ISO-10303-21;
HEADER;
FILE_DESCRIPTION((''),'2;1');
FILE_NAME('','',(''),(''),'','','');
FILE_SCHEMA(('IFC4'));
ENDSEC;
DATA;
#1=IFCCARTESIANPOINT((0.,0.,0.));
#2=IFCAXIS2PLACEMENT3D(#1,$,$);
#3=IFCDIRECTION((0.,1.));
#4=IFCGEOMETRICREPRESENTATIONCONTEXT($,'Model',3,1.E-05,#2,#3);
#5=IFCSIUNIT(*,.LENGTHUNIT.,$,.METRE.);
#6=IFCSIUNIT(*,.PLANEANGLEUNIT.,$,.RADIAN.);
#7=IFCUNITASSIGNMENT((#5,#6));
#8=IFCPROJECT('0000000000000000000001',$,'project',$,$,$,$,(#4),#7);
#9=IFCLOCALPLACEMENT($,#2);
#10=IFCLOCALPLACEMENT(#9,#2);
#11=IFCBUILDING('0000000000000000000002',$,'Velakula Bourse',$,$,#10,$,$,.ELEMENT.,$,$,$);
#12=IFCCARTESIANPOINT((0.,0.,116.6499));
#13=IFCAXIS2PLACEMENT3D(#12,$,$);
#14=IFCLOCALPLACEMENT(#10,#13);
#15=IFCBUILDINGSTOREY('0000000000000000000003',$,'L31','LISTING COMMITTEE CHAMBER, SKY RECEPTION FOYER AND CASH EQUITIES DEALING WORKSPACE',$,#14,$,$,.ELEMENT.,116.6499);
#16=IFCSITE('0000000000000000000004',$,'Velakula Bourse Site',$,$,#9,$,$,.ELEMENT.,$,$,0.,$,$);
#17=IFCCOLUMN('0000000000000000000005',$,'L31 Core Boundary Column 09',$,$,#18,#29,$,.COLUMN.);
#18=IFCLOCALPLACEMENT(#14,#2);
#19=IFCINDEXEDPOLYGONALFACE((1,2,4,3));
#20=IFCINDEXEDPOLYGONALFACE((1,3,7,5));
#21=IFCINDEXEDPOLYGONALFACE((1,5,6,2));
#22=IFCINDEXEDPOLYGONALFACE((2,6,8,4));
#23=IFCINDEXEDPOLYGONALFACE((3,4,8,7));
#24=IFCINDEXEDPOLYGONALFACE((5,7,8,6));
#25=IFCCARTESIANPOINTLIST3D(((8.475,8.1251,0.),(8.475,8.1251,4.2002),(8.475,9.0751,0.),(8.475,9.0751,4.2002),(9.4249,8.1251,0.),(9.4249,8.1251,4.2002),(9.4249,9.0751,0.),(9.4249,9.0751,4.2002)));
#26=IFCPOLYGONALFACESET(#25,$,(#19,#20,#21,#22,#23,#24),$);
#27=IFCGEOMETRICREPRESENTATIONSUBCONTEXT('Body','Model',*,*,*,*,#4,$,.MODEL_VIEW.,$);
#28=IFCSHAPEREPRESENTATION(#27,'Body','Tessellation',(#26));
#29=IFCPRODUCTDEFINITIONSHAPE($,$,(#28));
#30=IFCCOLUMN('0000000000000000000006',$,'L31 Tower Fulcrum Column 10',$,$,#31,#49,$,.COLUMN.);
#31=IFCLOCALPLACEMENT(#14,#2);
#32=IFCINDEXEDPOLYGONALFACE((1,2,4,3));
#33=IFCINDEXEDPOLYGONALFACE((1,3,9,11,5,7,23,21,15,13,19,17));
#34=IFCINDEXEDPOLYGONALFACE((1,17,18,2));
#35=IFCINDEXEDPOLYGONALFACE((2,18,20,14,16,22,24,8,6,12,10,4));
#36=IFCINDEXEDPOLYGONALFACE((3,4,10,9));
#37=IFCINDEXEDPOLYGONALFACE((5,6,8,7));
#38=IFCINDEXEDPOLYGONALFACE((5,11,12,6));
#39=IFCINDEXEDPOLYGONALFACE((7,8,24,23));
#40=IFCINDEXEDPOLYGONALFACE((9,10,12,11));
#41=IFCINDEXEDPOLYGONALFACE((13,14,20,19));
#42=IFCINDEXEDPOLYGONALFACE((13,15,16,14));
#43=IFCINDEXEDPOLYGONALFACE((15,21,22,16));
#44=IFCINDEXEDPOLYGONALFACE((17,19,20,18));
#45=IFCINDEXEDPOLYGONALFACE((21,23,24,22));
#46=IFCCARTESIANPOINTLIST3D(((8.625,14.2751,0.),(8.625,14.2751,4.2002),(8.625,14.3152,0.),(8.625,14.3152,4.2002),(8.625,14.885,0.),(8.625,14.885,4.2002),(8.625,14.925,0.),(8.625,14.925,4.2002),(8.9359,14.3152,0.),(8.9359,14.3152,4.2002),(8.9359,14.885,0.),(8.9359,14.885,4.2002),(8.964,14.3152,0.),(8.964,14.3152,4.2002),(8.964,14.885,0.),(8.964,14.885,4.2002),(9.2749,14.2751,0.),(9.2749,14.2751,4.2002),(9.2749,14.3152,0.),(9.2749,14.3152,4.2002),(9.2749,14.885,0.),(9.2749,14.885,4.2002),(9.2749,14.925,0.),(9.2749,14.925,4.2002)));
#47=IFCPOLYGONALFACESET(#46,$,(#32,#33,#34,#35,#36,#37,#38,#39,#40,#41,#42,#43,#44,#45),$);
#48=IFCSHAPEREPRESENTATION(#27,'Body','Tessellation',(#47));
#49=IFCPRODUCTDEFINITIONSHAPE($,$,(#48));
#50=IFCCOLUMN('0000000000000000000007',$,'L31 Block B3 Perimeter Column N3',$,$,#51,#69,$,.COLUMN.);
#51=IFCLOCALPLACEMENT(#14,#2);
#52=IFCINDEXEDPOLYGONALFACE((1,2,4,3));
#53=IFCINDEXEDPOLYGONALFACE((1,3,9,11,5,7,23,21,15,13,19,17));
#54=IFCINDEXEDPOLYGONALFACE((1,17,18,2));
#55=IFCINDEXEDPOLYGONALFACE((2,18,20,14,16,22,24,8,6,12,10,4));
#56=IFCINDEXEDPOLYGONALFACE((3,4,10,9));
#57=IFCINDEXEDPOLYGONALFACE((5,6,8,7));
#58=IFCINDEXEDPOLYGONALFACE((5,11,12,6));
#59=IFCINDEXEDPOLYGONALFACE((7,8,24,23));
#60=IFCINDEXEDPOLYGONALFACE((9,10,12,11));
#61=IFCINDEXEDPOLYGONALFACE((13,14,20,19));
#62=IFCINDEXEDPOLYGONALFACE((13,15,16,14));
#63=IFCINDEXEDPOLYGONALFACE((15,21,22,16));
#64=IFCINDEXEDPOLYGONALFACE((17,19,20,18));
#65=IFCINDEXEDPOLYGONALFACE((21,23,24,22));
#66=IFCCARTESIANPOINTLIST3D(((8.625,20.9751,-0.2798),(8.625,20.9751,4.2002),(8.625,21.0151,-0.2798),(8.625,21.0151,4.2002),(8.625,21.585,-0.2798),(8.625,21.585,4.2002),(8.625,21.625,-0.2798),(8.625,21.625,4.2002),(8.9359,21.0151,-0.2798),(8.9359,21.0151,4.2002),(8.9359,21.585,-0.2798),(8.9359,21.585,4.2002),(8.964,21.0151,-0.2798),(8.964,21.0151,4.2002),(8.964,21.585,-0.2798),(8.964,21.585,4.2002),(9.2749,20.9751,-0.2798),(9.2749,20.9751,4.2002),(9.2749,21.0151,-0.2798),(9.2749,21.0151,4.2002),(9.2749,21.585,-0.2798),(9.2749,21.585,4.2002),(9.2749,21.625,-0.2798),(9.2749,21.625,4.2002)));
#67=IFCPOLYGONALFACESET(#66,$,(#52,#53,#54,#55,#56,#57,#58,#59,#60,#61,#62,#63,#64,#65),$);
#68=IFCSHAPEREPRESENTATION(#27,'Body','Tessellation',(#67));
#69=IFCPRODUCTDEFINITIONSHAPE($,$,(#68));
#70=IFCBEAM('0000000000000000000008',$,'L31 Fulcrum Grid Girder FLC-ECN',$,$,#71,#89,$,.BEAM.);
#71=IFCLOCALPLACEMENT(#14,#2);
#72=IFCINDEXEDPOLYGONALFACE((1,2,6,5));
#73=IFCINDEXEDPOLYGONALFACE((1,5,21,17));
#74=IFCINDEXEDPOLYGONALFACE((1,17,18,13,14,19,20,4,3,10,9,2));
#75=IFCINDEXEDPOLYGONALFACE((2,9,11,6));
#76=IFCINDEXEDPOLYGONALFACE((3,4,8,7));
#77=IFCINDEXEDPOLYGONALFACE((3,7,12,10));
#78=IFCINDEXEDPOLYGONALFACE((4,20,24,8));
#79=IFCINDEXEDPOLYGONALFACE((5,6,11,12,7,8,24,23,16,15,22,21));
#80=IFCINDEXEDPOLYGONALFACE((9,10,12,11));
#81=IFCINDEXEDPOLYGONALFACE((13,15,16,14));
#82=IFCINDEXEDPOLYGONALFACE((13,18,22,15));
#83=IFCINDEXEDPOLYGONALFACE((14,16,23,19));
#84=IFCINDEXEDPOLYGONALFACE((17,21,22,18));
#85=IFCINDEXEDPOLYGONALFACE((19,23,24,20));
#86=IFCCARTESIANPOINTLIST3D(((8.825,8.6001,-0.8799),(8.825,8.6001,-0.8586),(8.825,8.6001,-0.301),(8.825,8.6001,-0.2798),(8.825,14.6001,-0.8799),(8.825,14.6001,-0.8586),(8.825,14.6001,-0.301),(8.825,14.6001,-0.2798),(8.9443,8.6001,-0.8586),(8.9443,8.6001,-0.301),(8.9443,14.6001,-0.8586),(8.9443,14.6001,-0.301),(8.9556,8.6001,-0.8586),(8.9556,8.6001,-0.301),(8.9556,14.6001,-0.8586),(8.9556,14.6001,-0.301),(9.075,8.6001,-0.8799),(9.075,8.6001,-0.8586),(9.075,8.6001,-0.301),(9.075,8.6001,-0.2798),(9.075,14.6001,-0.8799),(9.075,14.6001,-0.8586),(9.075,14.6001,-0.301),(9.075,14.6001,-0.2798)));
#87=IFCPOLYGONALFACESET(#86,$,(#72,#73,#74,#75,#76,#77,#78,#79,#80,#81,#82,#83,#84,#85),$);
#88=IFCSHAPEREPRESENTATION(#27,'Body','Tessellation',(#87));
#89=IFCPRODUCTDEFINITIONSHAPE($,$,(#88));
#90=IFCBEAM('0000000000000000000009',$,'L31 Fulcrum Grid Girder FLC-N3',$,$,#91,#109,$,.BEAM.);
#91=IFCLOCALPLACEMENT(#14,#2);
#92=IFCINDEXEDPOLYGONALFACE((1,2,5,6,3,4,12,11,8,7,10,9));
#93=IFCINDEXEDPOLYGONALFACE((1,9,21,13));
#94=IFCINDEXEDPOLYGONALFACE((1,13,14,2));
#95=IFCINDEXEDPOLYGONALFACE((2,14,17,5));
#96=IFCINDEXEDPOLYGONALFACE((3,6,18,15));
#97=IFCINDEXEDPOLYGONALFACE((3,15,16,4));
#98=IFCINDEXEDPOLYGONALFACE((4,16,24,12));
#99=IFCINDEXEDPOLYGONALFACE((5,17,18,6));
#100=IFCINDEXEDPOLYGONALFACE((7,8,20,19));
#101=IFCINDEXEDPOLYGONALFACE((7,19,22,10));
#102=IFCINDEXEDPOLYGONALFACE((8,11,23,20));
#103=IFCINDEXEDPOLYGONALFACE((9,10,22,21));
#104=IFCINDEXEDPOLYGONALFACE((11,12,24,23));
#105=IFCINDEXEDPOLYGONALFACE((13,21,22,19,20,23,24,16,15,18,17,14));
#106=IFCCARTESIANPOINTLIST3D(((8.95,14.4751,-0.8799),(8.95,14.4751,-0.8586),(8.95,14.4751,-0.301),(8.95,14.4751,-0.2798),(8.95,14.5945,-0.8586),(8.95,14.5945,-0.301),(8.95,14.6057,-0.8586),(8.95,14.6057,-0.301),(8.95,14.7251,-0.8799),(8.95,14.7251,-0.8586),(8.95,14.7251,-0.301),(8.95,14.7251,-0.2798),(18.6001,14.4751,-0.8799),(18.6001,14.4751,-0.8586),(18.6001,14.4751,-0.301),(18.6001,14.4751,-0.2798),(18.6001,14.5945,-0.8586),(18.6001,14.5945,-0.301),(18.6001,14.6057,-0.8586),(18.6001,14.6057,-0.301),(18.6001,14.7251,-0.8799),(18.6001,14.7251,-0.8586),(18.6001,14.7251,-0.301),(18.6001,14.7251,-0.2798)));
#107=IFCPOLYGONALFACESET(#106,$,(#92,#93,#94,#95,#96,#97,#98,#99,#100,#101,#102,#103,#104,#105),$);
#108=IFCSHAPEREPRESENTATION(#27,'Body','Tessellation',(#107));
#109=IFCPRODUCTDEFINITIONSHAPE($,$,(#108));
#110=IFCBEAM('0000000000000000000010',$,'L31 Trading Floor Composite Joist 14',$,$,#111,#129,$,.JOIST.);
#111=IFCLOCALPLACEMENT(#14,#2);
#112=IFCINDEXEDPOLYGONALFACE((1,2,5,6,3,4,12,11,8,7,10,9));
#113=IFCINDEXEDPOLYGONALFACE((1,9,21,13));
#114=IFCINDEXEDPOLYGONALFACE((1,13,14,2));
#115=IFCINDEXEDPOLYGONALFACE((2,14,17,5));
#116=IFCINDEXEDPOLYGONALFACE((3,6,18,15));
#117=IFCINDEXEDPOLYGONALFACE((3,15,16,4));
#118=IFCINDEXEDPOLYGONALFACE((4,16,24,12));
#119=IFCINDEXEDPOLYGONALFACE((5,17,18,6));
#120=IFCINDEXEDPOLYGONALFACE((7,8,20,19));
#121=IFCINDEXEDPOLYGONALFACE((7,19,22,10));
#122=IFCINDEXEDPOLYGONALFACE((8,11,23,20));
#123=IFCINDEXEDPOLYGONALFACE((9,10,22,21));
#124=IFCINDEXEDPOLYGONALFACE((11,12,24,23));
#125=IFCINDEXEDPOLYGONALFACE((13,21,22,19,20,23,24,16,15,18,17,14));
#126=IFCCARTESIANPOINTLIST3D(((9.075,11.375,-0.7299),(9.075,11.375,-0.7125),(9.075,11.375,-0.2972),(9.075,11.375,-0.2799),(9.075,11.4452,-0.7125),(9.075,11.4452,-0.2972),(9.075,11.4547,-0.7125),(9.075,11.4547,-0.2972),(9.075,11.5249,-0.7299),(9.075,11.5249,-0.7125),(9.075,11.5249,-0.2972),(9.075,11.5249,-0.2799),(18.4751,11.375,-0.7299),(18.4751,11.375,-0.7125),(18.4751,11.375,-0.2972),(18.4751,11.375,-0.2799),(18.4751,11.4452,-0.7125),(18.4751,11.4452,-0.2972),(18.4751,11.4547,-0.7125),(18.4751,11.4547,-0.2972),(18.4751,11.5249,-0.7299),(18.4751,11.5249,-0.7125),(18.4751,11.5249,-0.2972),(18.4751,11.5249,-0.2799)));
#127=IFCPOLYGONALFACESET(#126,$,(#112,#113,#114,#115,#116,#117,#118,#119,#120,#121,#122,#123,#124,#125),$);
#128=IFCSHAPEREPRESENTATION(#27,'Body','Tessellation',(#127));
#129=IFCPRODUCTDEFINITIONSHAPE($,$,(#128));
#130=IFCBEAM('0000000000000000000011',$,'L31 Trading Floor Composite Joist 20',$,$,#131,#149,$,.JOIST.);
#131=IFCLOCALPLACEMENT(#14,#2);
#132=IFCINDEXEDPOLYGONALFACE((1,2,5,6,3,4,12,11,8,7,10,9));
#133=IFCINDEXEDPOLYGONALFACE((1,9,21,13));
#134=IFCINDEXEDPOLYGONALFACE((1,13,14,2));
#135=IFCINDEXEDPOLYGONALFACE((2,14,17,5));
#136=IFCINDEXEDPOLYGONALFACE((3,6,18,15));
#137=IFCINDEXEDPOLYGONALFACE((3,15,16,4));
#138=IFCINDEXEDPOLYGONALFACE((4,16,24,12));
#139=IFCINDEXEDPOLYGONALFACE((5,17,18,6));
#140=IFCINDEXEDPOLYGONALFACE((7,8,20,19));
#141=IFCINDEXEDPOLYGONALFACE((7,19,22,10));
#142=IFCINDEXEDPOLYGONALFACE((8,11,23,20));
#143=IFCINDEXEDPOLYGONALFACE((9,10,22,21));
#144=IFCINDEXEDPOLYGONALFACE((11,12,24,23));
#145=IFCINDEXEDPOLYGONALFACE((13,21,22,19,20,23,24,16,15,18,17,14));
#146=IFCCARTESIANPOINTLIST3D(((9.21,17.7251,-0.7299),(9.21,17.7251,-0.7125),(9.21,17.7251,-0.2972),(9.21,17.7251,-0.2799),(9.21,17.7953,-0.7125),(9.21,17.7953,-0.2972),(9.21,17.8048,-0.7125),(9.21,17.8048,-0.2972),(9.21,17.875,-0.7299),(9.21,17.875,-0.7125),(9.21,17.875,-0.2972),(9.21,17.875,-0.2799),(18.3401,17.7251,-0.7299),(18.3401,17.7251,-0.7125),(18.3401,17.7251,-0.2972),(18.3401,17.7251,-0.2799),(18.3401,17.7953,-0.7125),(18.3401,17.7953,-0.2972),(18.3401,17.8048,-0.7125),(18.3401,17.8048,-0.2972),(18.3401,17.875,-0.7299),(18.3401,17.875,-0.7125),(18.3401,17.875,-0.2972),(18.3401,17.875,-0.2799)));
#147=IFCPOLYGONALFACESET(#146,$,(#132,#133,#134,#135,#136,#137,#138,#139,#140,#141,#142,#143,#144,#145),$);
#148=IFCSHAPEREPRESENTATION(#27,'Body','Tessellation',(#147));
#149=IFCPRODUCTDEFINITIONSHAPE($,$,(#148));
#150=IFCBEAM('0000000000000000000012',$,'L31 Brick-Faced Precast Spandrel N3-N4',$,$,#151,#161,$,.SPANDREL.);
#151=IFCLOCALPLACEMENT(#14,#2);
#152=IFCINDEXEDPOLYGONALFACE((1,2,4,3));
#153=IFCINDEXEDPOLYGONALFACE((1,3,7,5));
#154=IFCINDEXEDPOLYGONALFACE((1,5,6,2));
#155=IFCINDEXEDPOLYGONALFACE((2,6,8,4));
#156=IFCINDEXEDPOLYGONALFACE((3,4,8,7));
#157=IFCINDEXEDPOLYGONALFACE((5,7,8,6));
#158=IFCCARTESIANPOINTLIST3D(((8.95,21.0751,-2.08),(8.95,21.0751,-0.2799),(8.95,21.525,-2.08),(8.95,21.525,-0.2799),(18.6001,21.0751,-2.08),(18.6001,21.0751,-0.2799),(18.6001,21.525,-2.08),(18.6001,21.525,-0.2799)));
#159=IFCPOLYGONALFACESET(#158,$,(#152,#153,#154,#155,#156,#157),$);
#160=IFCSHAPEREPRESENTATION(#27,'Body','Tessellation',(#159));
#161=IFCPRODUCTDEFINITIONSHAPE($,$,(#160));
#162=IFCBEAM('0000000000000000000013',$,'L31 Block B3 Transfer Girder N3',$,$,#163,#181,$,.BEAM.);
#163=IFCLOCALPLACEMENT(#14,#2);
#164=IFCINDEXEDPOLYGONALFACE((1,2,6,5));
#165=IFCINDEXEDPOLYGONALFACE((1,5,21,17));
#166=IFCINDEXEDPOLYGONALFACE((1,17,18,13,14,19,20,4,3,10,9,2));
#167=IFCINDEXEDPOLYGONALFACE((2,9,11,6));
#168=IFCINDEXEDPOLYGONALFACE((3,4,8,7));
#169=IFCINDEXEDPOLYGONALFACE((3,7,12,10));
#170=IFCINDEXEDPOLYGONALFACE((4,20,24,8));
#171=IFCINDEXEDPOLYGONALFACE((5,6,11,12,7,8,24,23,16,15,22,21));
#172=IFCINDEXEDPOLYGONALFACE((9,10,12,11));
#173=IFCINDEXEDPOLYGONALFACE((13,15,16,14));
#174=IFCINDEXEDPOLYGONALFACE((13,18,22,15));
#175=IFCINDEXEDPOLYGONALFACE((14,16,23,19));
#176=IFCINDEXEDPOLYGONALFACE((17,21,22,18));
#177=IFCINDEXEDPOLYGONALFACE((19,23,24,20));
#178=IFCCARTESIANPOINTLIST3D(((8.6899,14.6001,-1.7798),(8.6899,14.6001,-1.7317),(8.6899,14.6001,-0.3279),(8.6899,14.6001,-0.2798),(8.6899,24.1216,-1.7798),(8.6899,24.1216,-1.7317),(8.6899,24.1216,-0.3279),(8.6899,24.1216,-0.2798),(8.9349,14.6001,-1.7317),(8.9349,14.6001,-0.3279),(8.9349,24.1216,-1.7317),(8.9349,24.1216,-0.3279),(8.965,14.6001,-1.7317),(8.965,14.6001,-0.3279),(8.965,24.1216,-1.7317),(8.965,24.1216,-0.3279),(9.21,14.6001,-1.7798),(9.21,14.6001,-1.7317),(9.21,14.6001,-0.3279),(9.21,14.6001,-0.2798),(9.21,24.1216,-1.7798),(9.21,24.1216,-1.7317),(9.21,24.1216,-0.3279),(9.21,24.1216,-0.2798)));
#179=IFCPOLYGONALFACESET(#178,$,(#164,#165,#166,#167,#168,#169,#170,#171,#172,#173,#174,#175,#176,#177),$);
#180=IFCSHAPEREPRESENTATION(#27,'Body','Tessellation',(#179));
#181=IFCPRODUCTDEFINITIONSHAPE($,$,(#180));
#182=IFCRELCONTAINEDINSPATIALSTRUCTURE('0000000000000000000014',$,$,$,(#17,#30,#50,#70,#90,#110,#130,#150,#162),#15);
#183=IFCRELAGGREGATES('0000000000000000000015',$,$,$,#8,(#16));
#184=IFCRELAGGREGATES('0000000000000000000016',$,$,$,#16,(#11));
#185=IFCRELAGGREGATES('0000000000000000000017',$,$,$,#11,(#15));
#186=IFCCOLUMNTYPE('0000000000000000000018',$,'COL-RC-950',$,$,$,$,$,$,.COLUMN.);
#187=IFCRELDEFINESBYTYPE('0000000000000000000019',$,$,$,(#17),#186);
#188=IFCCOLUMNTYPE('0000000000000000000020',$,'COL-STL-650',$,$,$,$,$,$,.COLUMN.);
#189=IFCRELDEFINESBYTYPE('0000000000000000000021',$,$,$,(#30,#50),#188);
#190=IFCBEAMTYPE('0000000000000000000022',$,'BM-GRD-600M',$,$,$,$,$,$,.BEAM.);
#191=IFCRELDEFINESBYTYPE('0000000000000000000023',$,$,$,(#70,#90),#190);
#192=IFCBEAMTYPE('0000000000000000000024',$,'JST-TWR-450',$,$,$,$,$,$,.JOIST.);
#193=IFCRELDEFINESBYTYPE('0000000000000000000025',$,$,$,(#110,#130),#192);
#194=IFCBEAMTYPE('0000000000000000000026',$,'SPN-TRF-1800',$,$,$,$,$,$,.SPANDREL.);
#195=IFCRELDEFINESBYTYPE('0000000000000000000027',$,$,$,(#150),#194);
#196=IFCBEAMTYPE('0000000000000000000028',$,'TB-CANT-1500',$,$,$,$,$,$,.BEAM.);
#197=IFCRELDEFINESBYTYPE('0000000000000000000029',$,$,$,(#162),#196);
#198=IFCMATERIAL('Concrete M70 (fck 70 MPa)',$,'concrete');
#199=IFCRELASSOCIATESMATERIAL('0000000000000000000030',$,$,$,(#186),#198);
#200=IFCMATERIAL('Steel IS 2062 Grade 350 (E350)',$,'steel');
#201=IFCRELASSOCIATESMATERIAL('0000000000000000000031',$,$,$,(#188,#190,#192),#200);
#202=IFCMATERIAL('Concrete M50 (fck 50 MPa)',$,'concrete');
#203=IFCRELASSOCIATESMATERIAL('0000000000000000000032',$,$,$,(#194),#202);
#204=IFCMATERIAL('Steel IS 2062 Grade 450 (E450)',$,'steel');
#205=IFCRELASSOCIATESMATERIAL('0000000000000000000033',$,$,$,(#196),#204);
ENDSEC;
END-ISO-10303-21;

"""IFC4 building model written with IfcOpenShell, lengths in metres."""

from ifc_helpers import new_model, si_unit, direction, frame, origin, origin_2d, place, context, subcontext, project, spatial, rectangle, i_section, extrude, material, material_profile, profile_set, type_object, element, save


model = new_model("IFC4")

# Units and contexts
model_context = context("Model", 3, precision=1e-05, world=origin(), true_north=direction((0.0, 1.0)))
body_context = subcontext(model_context, "Body", "Model", "MODEL_VIEW")
ifc_project = project(units=[si_unit("LENGTHUNIT", "METRE"), si_unit("PLANEANGLEUNIT", "RADIAN")], contexts=[model_context])

# Site, building, storey
site_placement = place(None, origin())
site = spatial("IfcSite", under=ifc_project, at=site_placement, Name="Velakula Bourse Site", CompositionType="ELEMENT", RefElevation=0.0)
building_placement = place(site_placement, origin())
building = spatial("IfcBuilding", under=site, at=building_placement, Name="Velakula Bourse", CompositionType="ELEMENT")
storey_placement = place(building_placement, frame((0.0, 0.0, 116.6499)))
storey = spatial("IfcBuildingStorey", under=building, at=storey_placement, Name="L31", Description="LISTING COMMITTEE CHAMBER, SKY RECEPTION FOYER AND CASH EQUITIES DEALING WORKSPACE", CompositionType="ELEMENT", Elevation=116.6499)

# Columns
ifc_material_1 = material(Name="Concrete M70 (fck 70 MPa)", Category="concrete")
ifc_material_profile_1 = material_profile(ifc_material_1, rectangle(XDim=0.95, YDim=0.95, at=origin_2d()), Name="Concrete M70 (fck 70 MPa)")
ifc_profile_set_1 = profile_set([ifc_material_profile_1], Name="Concrete M70 (fck 70 MPa)")
column_type_1 = type_object("IfcColumnType", Name="COL-RC-950", PredefinedType="COLUMN", material=ifc_profile_set_1)
column_1_placement = place(storey_placement, frame((8.95, 8.6001, 0.0), z_axis=(0.0, 0.0, 1.0), x_axis=(1.0, 0.0, 0.0)))
element("IfcColumn", 1, at=column_1_placement, inside=storey, type_object=column_type_1, Name="L31 Core Boundary Column 09", PredefinedType="COLUMN", context=body_context, shape_type="SweptSolid", body=[
    extrude(rectangle(XDim=0.95, YDim=0.95, at=origin_2d()), origin(), (0.0, 0.0, 1.0), 4.2002),
])
ifc_material_2 = material(Name="Steel IS 2062 Grade 350 (E350)", Category="steel")
ifc_material_profile_2 = material_profile(ifc_material_2, i_section(OverallWidth=0.6499, OverallDepth=0.6499, WebThickness=0.0281, FlangeThickness=0.04, at=origin_2d()), Name="Steel IS 2062 Grade 350 (E350)")
ifc_profile_set_2 = profile_set([ifc_material_profile_2], Name="Steel IS 2062 Grade 350 (E350)")
column_type_2 = type_object("IfcColumnType", Name="COL-STL-650", PredefinedType="COLUMN", material=ifc_profile_set_2)
column_2_placement = place(storey_placement, frame((8.95, 14.6001, 0.0), z_axis=(0.0, 0.0, 1.0), x_axis=(1.0, 0.0, 0.0)))
element("IfcColumn", 2, at=column_2_placement, inside=storey, type_object=column_type_2, Name="L31 Tower Fulcrum Column 10", PredefinedType="COLUMN", context=body_context, shape_type="SweptSolid", body=[
    extrude(i_section(OverallWidth=0.6499, OverallDepth=0.6499, WebThickness=0.0281, FlangeThickness=0.04, at=origin_2d()), origin(), (0.0, 0.0, 1.0), 4.2002),
])
column_3_placement = place(storey_placement, frame((8.95, 21.3, -0.2798), z_axis=(0.0, 0.0, 1.0), x_axis=(1.0, 0.0, 0.0)))
element("IfcColumn", 3, at=column_3_placement, inside=storey, type_object=column_type_2, Name="L31 Block B3 Perimeter Column N3", PredefinedType="COLUMN", context=body_context, shape_type="SweptSolid", body=[
    extrude(i_section(OverallWidth=0.6499, OverallDepth=0.6499, WebThickness=0.0281, FlangeThickness=0.04, at=origin_2d()), origin(), (0.0, 0.0, 1.0), 4.48),
])

# Beams
ifc_material_profile_3 = material_profile(ifc_material_2, i_section(OverallWidth=0.25, OverallDepth=0.6001, WebThickness=0.0112, FlangeThickness=0.0212, at=origin_2d()), Name="Steel IS 2062 Grade 350 (E350)")
ifc_profile_set_3 = profile_set([ifc_material_profile_3], Name="Steel IS 2062 Grade 350 (E350)")
beam_type_1 = type_object("IfcBeamType", Name="BM-GRD-600M", PredefinedType="BEAM", material=ifc_profile_set_3)
beam_1_placement = place(storey_placement, frame((8.95, 8.6001, -0.5798), z_axis=(0.0, 1.0, 0.0), x_axis=(-1.0, 0.0, 0.0)))
element("IfcBeam", 4, at=beam_1_placement, inside=storey, type_object=beam_type_1, Name="L31 Fulcrum Grid Girder FLC-ECN", PredefinedType="BEAM", context=body_context, shape_type="SweptSolid", body=[
    extrude(i_section(OverallWidth=0.25, OverallDepth=0.6001, WebThickness=0.0112, FlangeThickness=0.0212, at=origin_2d()), origin(), (0.0, 0.0, 1.0), 6.0),
])
beam_2_placement = place(storey_placement, frame((8.95, 14.6001, -0.5798), z_axis=(1.0, 0.0, 0.0), x_axis=(0.0, 1.0, 0.0)))
element("IfcBeam", 5, at=beam_2_placement, inside=storey, type_object=beam_type_1, Name="L31 Fulcrum Grid Girder FLC-N3", PredefinedType="BEAM", context=body_context, shape_type="SweptSolid", body=[
    extrude(i_section(OverallWidth=0.25, OverallDepth=0.6001, WebThickness=0.0112, FlangeThickness=0.0212, at=origin_2d()), origin(), (0.0, 0.0, 1.0), 9.6501),
])
ifc_material_profile_4 = material_profile(ifc_material_2, i_section(OverallWidth=0.1499, OverallDepth=0.45, WebThickness=0.0095, FlangeThickness=0.0173, at=origin_2d()), Name="Steel IS 2062 Grade 350 (E350)")
ifc_profile_set_4 = profile_set([ifc_material_profile_4], Name="Steel IS 2062 Grade 350 (E350)")
beam_type_2 = type_object("IfcBeamType", Name="JST-TWR-450", PredefinedType="JOIST", material=ifc_profile_set_4)
beam_3_placement = place(storey_placement, frame((9.075, 11.45, -0.5049), z_axis=(1.0, 0.0, 0.0), x_axis=(0.0, 1.0, 0.0)))
element("IfcBeam", 6, at=beam_3_placement, inside=storey, type_object=beam_type_2, Name="L31 Trading Floor Composite Joist 14", PredefinedType="JOIST", context=body_context, shape_type="SweptSolid", body=[
    extrude(i_section(OverallWidth=0.1499, OverallDepth=0.45, WebThickness=0.0095, FlangeThickness=0.0173, at=origin_2d()), origin(), (0.0, 0.0, 1.0), 9.4001),
])
beam_4_placement = place(storey_placement, frame((9.21, 17.8, -0.5049), z_axis=(1.0, 0.0, 0.0), x_axis=(0.0, 1.0, 0.0)))
element("IfcBeam", 7, at=beam_4_placement, inside=storey, type_object=beam_type_2, Name="L31 Trading Floor Composite Joist 20", PredefinedType="JOIST", context=body_context, shape_type="SweptSolid", body=[
    extrude(i_section(OverallWidth=0.1499, OverallDepth=0.45, WebThickness=0.0095, FlangeThickness=0.0173, at=origin_2d()), origin(), (0.0, 0.0, 1.0), 9.1301),
])
ifc_material_3 = material(Name="Concrete M50 (fck 50 MPa)", Category="concrete")
ifc_material_profile_5 = material_profile(ifc_material_3, rectangle(XDim=0.45, YDim=1.8, at=origin_2d()), Name="Concrete M50 (fck 50 MPa)")
ifc_profile_set_5 = profile_set([ifc_material_profile_5], Name="Concrete M50 (fck 50 MPa)")
beam_type_3 = type_object("IfcBeamType", Name="SPN-TRF-1800", PredefinedType="SPANDREL", material=ifc_profile_set_5)
beam_5_placement = place(storey_placement, frame((8.95, 21.3, -1.1799), z_axis=(1.0, 0.0, 0.0), x_axis=(0.0, 1.0, 0.0)))
element("IfcBeam", 8, at=beam_5_placement, inside=storey, type_object=beam_type_3, Name="L31 Brick-Faced Precast Spandrel N3-N4", PredefinedType="SPANDREL", context=body_context, shape_type="SweptSolid", body=[
    extrude(rectangle(XDim=0.45, YDim=1.8, at=origin_2d()), origin(), (0.0, 0.0, 1.0), 9.6501),
])
ifc_material_4 = material(Name="Steel IS 2062 Grade 450 (E450)", Category="steel")
ifc_material_profile_6 = material_profile(ifc_material_4, i_section(OverallWidth=0.52, OverallDepth=1.5, WebThickness=0.03, FlangeThickness=0.0481, at=origin_2d()), Name="Steel IS 2062 Grade 450 (E450)")
ifc_profile_set_6 = profile_set([ifc_material_profile_6], Name="Steel IS 2062 Grade 450 (E450)")
beam_type_4 = type_object("IfcBeamType", Name="TB-CANT-1500", PredefinedType="BEAM", material=ifc_profile_set_6)
beam_6_placement = place(storey_placement, frame((8.95, 14.6001, -1.0298), z_axis=(0.0, 1.0, 0.0), x_axis=(-1.0, 0.0, 0.0)))
element("IfcBeam", 9, at=beam_6_placement, inside=storey, type_object=beam_type_4, Name="L31 Block B3 Transfer Girder N3", PredefinedType="BEAM", context=body_context, shape_type="SweptSolid", body=[
    extrude(i_section(OverallWidth=0.52, OverallDepth=1.5, WebThickness=0.03, FlangeThickness=0.0481, at=origin_2d()), origin(), (0.0, 0.0, 1.0), 9.5215),
])

save(model, "model.ifc")
